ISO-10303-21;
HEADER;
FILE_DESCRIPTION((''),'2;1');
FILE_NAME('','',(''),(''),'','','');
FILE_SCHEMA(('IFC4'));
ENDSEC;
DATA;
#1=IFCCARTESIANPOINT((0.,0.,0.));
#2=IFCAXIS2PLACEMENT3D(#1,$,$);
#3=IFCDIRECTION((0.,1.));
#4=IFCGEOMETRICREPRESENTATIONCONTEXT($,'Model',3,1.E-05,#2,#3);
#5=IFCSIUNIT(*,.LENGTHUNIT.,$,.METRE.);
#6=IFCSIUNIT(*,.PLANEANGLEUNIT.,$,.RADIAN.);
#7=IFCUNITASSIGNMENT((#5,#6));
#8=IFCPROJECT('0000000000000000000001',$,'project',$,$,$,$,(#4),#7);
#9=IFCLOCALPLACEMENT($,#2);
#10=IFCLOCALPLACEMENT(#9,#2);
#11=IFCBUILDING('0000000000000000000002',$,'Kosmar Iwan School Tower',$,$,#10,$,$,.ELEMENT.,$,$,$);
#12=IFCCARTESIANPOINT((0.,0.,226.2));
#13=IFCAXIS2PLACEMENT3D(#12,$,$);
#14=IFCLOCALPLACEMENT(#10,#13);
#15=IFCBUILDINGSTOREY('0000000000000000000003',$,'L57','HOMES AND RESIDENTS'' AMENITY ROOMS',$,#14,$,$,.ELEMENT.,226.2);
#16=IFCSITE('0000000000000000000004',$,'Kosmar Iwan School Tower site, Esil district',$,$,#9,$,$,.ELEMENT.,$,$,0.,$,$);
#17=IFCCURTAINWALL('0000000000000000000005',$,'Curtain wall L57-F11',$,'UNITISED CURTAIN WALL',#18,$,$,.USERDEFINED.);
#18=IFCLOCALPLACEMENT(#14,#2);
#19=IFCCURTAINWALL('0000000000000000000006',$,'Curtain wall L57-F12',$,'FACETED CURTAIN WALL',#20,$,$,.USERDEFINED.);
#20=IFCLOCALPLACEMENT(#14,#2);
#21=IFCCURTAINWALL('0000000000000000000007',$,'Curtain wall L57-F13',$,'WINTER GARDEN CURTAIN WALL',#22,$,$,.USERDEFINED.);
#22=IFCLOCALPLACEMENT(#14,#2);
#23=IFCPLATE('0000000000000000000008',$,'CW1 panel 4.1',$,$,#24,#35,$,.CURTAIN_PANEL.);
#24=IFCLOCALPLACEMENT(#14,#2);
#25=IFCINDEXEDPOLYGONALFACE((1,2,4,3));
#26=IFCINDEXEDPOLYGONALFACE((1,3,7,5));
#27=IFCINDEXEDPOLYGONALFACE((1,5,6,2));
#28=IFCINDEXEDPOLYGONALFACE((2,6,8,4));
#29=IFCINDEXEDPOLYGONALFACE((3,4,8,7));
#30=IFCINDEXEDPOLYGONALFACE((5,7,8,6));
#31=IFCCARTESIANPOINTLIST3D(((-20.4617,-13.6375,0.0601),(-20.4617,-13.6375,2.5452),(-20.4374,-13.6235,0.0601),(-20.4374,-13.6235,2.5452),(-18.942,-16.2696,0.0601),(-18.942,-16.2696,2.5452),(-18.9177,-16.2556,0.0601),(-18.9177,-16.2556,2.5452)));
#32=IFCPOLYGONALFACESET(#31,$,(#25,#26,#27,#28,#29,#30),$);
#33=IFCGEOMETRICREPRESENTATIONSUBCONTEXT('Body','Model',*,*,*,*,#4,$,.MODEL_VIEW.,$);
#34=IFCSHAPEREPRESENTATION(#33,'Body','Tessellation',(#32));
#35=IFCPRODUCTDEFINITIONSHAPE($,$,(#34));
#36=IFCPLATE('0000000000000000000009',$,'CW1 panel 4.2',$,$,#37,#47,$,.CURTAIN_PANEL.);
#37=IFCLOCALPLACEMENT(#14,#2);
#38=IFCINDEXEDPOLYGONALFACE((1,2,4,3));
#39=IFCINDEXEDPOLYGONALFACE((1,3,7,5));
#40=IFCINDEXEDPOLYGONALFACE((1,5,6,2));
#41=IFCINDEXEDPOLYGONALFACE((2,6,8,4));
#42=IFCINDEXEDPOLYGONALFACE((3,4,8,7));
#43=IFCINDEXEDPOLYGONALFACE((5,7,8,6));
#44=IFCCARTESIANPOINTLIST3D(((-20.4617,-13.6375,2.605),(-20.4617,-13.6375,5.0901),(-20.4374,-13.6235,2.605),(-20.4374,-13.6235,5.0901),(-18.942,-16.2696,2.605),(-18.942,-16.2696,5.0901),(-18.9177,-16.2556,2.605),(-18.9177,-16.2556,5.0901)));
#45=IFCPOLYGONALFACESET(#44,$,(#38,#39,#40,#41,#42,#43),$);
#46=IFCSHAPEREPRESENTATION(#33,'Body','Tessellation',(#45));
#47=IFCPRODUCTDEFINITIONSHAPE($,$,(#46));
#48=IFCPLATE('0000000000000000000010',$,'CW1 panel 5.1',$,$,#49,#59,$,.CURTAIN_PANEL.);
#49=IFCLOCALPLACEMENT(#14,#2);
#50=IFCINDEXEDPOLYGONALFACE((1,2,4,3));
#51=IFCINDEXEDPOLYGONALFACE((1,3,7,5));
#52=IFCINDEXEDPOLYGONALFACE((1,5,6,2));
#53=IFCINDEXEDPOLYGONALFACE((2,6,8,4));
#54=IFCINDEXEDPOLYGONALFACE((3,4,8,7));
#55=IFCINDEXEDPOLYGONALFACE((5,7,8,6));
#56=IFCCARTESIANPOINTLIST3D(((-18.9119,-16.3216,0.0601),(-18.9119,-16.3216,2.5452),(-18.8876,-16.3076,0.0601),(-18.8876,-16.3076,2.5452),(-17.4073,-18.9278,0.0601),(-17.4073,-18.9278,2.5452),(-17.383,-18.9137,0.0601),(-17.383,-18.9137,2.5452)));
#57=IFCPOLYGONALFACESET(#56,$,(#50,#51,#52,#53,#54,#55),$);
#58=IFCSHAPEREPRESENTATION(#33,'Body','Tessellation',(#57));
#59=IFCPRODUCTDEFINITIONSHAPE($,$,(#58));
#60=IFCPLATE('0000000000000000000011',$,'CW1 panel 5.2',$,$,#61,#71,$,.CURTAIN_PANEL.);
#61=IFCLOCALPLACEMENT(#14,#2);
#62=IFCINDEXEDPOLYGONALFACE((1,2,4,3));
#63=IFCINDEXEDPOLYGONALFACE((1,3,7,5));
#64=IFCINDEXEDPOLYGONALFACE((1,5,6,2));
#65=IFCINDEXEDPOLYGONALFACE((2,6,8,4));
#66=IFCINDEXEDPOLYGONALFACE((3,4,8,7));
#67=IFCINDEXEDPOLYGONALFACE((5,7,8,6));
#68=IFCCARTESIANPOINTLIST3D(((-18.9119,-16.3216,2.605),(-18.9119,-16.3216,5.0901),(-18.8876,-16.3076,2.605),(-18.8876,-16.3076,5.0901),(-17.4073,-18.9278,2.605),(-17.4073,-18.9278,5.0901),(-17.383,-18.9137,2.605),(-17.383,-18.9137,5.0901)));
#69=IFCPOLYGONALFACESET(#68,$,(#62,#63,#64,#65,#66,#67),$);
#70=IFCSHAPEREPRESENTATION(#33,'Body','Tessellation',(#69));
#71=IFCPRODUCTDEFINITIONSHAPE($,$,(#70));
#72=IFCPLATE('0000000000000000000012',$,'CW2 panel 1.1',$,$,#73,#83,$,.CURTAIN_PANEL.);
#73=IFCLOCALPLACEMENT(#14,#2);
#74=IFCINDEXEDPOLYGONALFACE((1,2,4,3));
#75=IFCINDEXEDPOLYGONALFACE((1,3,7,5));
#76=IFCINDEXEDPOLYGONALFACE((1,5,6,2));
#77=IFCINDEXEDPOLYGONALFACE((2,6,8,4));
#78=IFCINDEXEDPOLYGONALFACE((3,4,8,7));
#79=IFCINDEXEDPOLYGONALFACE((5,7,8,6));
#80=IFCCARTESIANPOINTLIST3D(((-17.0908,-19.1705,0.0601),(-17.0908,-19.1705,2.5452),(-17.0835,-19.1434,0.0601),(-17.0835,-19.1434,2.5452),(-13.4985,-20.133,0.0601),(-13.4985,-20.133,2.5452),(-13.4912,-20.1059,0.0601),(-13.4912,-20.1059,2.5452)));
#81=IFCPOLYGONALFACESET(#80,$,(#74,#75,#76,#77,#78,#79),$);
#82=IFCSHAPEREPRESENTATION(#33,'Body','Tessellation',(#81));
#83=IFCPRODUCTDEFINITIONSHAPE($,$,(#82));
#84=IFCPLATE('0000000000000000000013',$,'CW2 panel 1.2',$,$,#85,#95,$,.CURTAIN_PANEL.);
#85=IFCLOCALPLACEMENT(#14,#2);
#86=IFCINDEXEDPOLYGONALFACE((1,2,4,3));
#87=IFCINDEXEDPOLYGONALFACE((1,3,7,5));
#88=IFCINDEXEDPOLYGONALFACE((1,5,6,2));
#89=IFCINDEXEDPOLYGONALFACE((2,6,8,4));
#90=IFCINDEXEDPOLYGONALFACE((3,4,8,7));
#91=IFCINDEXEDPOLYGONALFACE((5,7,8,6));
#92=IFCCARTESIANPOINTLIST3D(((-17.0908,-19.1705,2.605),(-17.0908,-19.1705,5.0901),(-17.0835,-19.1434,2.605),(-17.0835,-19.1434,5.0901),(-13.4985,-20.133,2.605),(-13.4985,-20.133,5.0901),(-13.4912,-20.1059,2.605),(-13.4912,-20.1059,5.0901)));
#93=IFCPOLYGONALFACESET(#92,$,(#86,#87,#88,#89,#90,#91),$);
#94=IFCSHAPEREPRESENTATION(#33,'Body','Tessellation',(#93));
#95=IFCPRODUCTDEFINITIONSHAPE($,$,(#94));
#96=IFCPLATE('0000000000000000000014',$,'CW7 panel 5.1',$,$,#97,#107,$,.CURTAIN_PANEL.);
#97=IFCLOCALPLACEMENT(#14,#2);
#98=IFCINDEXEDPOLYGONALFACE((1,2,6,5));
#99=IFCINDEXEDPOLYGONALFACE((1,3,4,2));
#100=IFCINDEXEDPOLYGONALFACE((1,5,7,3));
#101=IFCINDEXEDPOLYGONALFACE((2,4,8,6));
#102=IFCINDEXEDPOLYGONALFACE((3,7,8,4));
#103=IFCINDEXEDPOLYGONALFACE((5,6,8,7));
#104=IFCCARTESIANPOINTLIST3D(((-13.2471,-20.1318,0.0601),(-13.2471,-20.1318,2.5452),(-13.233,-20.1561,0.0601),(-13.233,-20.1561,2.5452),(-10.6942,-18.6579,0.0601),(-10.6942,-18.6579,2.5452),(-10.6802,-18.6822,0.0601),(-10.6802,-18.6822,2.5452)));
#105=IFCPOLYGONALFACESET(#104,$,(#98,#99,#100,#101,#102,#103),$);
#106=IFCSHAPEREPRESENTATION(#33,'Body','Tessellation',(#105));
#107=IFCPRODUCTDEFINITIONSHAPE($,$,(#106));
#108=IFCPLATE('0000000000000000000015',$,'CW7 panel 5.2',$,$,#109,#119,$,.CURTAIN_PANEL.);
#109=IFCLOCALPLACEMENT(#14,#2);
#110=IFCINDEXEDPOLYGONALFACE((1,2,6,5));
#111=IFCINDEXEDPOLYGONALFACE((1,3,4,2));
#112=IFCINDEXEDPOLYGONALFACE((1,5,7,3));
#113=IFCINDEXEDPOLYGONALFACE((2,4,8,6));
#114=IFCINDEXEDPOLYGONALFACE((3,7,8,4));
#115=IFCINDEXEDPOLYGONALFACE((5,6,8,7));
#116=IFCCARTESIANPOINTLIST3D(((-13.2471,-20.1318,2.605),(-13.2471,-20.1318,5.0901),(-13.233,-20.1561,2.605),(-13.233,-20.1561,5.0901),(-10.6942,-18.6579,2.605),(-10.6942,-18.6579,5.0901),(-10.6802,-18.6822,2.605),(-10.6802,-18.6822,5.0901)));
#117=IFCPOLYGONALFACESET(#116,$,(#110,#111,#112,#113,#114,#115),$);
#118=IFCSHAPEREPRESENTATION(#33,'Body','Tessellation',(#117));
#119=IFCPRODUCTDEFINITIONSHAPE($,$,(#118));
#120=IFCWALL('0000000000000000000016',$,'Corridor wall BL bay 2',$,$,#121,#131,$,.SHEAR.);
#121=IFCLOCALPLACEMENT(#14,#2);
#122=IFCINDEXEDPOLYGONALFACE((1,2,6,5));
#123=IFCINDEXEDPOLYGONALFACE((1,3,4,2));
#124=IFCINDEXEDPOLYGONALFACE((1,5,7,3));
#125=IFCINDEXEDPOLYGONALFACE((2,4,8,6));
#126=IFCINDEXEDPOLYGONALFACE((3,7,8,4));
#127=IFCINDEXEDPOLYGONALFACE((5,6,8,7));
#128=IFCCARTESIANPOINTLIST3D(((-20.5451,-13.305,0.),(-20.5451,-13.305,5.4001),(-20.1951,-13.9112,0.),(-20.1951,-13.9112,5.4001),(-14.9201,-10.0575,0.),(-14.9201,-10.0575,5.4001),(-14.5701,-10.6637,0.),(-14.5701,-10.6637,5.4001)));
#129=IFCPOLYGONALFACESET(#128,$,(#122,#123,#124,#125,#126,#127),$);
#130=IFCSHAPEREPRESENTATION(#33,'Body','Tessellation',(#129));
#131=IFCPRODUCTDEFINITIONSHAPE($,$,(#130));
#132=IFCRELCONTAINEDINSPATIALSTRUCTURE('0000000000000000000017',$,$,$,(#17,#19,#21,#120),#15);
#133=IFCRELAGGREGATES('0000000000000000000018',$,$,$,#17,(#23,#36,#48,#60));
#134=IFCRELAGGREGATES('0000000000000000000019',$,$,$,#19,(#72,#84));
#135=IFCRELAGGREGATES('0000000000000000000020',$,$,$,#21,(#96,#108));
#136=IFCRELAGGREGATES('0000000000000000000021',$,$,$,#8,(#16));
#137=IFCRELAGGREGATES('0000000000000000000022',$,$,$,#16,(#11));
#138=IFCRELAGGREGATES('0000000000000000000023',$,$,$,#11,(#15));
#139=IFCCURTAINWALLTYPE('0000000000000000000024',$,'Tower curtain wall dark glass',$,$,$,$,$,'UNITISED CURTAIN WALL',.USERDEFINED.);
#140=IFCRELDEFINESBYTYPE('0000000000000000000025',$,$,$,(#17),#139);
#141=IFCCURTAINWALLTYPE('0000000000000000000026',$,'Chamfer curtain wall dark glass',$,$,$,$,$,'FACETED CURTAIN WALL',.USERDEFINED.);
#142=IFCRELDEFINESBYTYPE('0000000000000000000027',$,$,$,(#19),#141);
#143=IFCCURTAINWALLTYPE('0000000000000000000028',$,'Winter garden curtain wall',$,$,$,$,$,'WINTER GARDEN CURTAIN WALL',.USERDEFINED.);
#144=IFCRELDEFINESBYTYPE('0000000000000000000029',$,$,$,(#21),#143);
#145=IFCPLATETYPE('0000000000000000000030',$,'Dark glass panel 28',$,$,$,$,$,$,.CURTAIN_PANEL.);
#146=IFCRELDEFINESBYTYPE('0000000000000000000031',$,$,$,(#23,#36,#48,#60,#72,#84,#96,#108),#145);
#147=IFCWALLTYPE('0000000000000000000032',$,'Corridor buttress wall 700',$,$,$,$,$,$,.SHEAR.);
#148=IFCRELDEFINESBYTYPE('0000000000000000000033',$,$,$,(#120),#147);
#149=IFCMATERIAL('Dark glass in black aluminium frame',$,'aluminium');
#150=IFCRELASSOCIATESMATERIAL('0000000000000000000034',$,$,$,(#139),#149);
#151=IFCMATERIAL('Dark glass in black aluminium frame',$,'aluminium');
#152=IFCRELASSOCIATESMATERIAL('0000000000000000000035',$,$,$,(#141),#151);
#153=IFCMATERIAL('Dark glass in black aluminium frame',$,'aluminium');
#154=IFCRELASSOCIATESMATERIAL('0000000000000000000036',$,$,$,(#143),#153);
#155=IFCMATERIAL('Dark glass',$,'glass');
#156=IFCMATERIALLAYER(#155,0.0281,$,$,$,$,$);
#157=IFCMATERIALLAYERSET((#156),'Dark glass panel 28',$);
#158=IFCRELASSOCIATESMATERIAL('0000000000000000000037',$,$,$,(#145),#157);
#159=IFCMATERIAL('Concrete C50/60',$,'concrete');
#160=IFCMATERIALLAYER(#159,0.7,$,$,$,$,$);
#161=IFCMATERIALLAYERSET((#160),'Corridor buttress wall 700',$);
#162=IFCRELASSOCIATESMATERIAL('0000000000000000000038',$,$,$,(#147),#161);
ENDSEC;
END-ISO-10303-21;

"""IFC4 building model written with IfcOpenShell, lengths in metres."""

from ifc_helpers import new_model, si_unit, direction, frame, frame_2d, origin, origin_2d, place, context, subcontext, project, spatial, rectangle, extrude, material, layer, layer_set, type_object, element, aggregate, save


model = new_model("IFC4")

# Units and contexts
model_context = context("Model", 3, precision=1e-05, world=origin(), true_north=direction((0.0, 1.0)))
body_context = subcontext(model_context, "Body", "Model", "MODEL_VIEW")
ifc_project = project(units=[si_unit("LENGTHUNIT", "METRE"), si_unit("PLANEANGLEUNIT", "RADIAN")], contexts=[model_context])

# Site, building, storey
site_placement = place(None, origin())
site = spatial("IfcSite", under=ifc_project, at=site_placement, Name="Kosmar Iwan School Tower site, Esil district", CompositionType="ELEMENT", RefElevation=0.0)
building_placement = place(site_placement, origin())
building = spatial("IfcBuilding", under=site, at=building_placement, Name="Kosmar Iwan School Tower", CompositionType="ELEMENT")
storey_placement = place(building_placement, frame((0.0, 0.0, 226.2)))
storey = spatial("IfcBuildingStorey", under=building, at=storey_placement, Name="L57", Description="HOMES AND RESIDENTS' AMENITY ROOMS", CompositionType="ELEMENT", Elevation=226.2)

# Curtain walls
ifc_material_1 = material(Name="Dark glass in black aluminium frame", Category="aluminium")
curtain_wall_type_1 = type_object("IfcCurtainWallType", Name="Tower curtain wall dark glass", ElementType="UNITISED CURTAIN WALL", PredefinedType="USERDEFINED", material=ifc_material_1)
curtain_wall_1_placement = place(storey_placement, origin())
curtain_wall_1 = element("IfcCurtainWall", 1, at=curtain_wall_1_placement, inside=storey, type_object=curtain_wall_type_1, Name="Curtain wall L57-F11", ObjectType="UNITISED CURTAIN WALL", PredefinedType="USERDEFINED")
ifc_material_2 = material(Name="Dark glass in black aluminium frame", Category="aluminium")
curtain_wall_type_2 = type_object("IfcCurtainWallType", Name="Chamfer curtain wall dark glass", ElementType="FACETED CURTAIN WALL", PredefinedType="USERDEFINED", material=ifc_material_2)
curtain_wall_2_placement = place(storey_placement, origin())
curtain_wall_2 = element("IfcCurtainWall", 2, at=curtain_wall_2_placement, inside=storey, type_object=curtain_wall_type_2, Name="Curtain wall L57-F12", ObjectType="FACETED CURTAIN WALL", PredefinedType="USERDEFINED")

# Curtain wall
ifc_material_3 = material(Name="Dark glass in black aluminium frame", Category="aluminium")
curtain_wall_type_3 = type_object("IfcCurtainWallType", Name="Winter garden curtain wall", ElementType="WINTER GARDEN CURTAIN WALL", PredefinedType="USERDEFINED", material=ifc_material_3)
curtain_wall_3_placement = place(storey_placement, origin())
curtain_wall_3 = element("IfcCurtainWall", 3, at=curtain_wall_3_placement, inside=storey, type_object=curtain_wall_type_3, Name="Curtain wall L57-F13", ObjectType="WINTER GARDEN CURTAIN WALL", PredefinedType="USERDEFINED")

# Plates
ifc_material_4 = material(Name="Dark glass", Category="glass")
ifc_layer_1 = layer(ifc_material_4, 0.0281)
ifc_layer_set_1 = layer_set([ifc_layer_1], Name="Dark glass panel 28")
plate_type = type_object("IfcPlateType", Name="Dark glass panel 28", PredefinedType="CURTAIN_PANEL", material=ifc_layer_set_1)
plate_1_placement = place(storey_placement, frame((-19.6897, -14.9465, 0.0601), z_axis=(0.0, 0.0, 1.0), x_axis=(0.5, -0.866025, 0.0)))
plate_1 = element("IfcPlate", 4, at=plate_1_placement, type_object=plate_type, Name="CW1 panel 4.1", PredefinedType="CURTAIN_PANEL", context=body_context, shape_type="SweptSolid", body=[
    extrude(rectangle(XDim=3.0393, YDim=0.0281, at=origin_2d()), origin(), (0.0, 0.0, 1.0), 2.4851),
])
plate_2_placement = place(storey_placement, frame((-19.6897, -14.9465, 2.605), z_axis=(0.0, 0.0, 1.0), x_axis=(0.5, -0.866025, 0.0)))
plate_2 = element("IfcPlate", 5, at=plate_2_placement, type_object=plate_type, Name="CW1 panel 4.2", PredefinedType="CURTAIN_PANEL", context=body_context, shape_type="SweptSolid", body=[
    extrude(rectangle(XDim=3.0393, YDim=0.0281, at=origin_2d()), origin(), (0.0, 0.0, 1.0), 2.4851),
])
plate_3_placement = place(storey_placement, frame((-18.1475, -17.6177, 0.0601), z_axis=(0.0, 0.0, 1.0), x_axis=(0.5, -0.866025, 0.0)))
plate_3 = element("IfcPlate", 6, at=plate_3_placement, type_object=plate_type, Name="CW1 panel 5.1", PredefinedType="CURTAIN_PANEL", context=body_context, shape_type="SweptSolid", body=[
    extrude(rectangle(XDim=3.0093, YDim=0.0281, at=origin_2d()), origin(), (0.0, 0.0, 1.0), 2.4851),
])
plate_4_placement = place(storey_placement, frame((-18.1475, -17.6177, 2.605), z_axis=(0.0, 0.0, 1.0), x_axis=(0.5, -0.866025, 0.0)))
plate_4 = element("IfcPlate", 7, at=plate_4_placement, type_object=plate_type, Name="CW1 panel 5.2", PredefinedType="CURTAIN_PANEL", context=body_context, shape_type="SweptSolid", body=[
    extrude(rectangle(XDim=3.0093, YDim=0.0281, at=origin_2d()), origin(), (0.0, 0.0, 1.0), 2.4851),
])
aggregate(curtain_wall_1, [plate_1, plate_2, plate_3, plate_4])
plate_5_placement = place(storey_placement, frame((-15.291, -19.6382, 0.0601), z_axis=(0.0, 0.0, 1.0), x_axis=(0.965926, -0.258819, 0.0)))
plate_5 = element("IfcPlate", 8, at=plate_5_placement, type_object=plate_type, Name="CW2 panel 1.1", PredefinedType="CURTAIN_PANEL", context=body_context, shape_type="SweptSolid", body=[
    extrude(rectangle(XDim=3.719, YDim=0.0281, at=origin_2d()), origin(), (0.0, 0.0, 1.0), 2.4851),
])
plate_6_placement = place(storey_placement, frame((-15.291, -19.6382, 2.605), z_axis=(0.0, 0.0, 1.0), x_axis=(0.965926, -0.258819, 0.0)))
plate_6 = element("IfcPlate", 9, at=plate_6_placement, type_object=plate_type, Name="CW2 panel 1.2", PredefinedType="CURTAIN_PANEL", context=body_context, shape_type="SweptSolid", body=[
    extrude(rectangle(XDim=3.719, YDim=0.0281, at=origin_2d()), origin(), (0.0, 0.0, 1.0), 2.4851),
])
aggregate(curtain_wall_2, [plate_5, plate_6])
plate_7_placement = place(storey_placement, frame((-11.9636, -19.407, 0.0601), z_axis=(0.0, 0.0, 1.0), x_axis=(-0.866025, -0.5, 0.0)))
plate_7 = element("IfcPlate", 10, at=plate_7_placement, type_object=plate_type, Name="CW7 panel 5.1", PredefinedType="CURTAIN_PANEL", context=body_context, shape_type="SweptSolid", body=[
    extrude(rectangle(XDim=2.9478, YDim=0.0281, at=origin_2d()), origin(), (0.0, 0.0, 1.0), 2.4851),
])
plate_8_placement = place(storey_placement, frame((-11.9636, -19.407, 2.605), z_axis=(0.0, 0.0, 1.0), x_axis=(-0.866025, -0.5, 0.0)))
plate_8 = element("IfcPlate", 11, at=plate_8_placement, type_object=plate_type, Name="CW7 panel 5.2", PredefinedType="CURTAIN_PANEL", context=body_context, shape_type="SweptSolid", body=[
    extrude(rectangle(XDim=2.9478, YDim=0.0281, at=origin_2d()), origin(), (0.0, 0.0, 1.0), 2.4851),
])
aggregate(curtain_wall_3, [plate_7, plate_8])

# Wall
ifc_material_5 = material(Name="Concrete C50/60", Category="concrete")
ifc_layer_2 = layer(ifc_material_5, 0.7)
ifc_layer_set_2 = layer_set([ifc_layer_2], Name="Corridor buttress wall 700")
wall_type = type_object("IfcWallType", Name="Corridor buttress wall 700", PredefinedType="SHEAR", material=ifc_layer_set_2)
wall_placement = place(storey_placement, frame((-14.7451, -10.3606, 0.0), z_axis=(0.0, 0.0, 1.0), x_axis=(-0.866028, -0.499996, 0.0)))
element("IfcWall", 12, at=wall_placement, inside=storey, type_object=wall_type, Name="Corridor wall BL bay 2", PredefinedType="SHEAR", context=body_context, shape_type="SweptSolid", body=[
    extrude(rectangle(XDim=6.4951, YDim=0.7, at=frame_2d((3.2476, 0.0))), origin(), (0.0, 0.0, 1.0), 5.4001),
])

save(model, "model.ifc")
